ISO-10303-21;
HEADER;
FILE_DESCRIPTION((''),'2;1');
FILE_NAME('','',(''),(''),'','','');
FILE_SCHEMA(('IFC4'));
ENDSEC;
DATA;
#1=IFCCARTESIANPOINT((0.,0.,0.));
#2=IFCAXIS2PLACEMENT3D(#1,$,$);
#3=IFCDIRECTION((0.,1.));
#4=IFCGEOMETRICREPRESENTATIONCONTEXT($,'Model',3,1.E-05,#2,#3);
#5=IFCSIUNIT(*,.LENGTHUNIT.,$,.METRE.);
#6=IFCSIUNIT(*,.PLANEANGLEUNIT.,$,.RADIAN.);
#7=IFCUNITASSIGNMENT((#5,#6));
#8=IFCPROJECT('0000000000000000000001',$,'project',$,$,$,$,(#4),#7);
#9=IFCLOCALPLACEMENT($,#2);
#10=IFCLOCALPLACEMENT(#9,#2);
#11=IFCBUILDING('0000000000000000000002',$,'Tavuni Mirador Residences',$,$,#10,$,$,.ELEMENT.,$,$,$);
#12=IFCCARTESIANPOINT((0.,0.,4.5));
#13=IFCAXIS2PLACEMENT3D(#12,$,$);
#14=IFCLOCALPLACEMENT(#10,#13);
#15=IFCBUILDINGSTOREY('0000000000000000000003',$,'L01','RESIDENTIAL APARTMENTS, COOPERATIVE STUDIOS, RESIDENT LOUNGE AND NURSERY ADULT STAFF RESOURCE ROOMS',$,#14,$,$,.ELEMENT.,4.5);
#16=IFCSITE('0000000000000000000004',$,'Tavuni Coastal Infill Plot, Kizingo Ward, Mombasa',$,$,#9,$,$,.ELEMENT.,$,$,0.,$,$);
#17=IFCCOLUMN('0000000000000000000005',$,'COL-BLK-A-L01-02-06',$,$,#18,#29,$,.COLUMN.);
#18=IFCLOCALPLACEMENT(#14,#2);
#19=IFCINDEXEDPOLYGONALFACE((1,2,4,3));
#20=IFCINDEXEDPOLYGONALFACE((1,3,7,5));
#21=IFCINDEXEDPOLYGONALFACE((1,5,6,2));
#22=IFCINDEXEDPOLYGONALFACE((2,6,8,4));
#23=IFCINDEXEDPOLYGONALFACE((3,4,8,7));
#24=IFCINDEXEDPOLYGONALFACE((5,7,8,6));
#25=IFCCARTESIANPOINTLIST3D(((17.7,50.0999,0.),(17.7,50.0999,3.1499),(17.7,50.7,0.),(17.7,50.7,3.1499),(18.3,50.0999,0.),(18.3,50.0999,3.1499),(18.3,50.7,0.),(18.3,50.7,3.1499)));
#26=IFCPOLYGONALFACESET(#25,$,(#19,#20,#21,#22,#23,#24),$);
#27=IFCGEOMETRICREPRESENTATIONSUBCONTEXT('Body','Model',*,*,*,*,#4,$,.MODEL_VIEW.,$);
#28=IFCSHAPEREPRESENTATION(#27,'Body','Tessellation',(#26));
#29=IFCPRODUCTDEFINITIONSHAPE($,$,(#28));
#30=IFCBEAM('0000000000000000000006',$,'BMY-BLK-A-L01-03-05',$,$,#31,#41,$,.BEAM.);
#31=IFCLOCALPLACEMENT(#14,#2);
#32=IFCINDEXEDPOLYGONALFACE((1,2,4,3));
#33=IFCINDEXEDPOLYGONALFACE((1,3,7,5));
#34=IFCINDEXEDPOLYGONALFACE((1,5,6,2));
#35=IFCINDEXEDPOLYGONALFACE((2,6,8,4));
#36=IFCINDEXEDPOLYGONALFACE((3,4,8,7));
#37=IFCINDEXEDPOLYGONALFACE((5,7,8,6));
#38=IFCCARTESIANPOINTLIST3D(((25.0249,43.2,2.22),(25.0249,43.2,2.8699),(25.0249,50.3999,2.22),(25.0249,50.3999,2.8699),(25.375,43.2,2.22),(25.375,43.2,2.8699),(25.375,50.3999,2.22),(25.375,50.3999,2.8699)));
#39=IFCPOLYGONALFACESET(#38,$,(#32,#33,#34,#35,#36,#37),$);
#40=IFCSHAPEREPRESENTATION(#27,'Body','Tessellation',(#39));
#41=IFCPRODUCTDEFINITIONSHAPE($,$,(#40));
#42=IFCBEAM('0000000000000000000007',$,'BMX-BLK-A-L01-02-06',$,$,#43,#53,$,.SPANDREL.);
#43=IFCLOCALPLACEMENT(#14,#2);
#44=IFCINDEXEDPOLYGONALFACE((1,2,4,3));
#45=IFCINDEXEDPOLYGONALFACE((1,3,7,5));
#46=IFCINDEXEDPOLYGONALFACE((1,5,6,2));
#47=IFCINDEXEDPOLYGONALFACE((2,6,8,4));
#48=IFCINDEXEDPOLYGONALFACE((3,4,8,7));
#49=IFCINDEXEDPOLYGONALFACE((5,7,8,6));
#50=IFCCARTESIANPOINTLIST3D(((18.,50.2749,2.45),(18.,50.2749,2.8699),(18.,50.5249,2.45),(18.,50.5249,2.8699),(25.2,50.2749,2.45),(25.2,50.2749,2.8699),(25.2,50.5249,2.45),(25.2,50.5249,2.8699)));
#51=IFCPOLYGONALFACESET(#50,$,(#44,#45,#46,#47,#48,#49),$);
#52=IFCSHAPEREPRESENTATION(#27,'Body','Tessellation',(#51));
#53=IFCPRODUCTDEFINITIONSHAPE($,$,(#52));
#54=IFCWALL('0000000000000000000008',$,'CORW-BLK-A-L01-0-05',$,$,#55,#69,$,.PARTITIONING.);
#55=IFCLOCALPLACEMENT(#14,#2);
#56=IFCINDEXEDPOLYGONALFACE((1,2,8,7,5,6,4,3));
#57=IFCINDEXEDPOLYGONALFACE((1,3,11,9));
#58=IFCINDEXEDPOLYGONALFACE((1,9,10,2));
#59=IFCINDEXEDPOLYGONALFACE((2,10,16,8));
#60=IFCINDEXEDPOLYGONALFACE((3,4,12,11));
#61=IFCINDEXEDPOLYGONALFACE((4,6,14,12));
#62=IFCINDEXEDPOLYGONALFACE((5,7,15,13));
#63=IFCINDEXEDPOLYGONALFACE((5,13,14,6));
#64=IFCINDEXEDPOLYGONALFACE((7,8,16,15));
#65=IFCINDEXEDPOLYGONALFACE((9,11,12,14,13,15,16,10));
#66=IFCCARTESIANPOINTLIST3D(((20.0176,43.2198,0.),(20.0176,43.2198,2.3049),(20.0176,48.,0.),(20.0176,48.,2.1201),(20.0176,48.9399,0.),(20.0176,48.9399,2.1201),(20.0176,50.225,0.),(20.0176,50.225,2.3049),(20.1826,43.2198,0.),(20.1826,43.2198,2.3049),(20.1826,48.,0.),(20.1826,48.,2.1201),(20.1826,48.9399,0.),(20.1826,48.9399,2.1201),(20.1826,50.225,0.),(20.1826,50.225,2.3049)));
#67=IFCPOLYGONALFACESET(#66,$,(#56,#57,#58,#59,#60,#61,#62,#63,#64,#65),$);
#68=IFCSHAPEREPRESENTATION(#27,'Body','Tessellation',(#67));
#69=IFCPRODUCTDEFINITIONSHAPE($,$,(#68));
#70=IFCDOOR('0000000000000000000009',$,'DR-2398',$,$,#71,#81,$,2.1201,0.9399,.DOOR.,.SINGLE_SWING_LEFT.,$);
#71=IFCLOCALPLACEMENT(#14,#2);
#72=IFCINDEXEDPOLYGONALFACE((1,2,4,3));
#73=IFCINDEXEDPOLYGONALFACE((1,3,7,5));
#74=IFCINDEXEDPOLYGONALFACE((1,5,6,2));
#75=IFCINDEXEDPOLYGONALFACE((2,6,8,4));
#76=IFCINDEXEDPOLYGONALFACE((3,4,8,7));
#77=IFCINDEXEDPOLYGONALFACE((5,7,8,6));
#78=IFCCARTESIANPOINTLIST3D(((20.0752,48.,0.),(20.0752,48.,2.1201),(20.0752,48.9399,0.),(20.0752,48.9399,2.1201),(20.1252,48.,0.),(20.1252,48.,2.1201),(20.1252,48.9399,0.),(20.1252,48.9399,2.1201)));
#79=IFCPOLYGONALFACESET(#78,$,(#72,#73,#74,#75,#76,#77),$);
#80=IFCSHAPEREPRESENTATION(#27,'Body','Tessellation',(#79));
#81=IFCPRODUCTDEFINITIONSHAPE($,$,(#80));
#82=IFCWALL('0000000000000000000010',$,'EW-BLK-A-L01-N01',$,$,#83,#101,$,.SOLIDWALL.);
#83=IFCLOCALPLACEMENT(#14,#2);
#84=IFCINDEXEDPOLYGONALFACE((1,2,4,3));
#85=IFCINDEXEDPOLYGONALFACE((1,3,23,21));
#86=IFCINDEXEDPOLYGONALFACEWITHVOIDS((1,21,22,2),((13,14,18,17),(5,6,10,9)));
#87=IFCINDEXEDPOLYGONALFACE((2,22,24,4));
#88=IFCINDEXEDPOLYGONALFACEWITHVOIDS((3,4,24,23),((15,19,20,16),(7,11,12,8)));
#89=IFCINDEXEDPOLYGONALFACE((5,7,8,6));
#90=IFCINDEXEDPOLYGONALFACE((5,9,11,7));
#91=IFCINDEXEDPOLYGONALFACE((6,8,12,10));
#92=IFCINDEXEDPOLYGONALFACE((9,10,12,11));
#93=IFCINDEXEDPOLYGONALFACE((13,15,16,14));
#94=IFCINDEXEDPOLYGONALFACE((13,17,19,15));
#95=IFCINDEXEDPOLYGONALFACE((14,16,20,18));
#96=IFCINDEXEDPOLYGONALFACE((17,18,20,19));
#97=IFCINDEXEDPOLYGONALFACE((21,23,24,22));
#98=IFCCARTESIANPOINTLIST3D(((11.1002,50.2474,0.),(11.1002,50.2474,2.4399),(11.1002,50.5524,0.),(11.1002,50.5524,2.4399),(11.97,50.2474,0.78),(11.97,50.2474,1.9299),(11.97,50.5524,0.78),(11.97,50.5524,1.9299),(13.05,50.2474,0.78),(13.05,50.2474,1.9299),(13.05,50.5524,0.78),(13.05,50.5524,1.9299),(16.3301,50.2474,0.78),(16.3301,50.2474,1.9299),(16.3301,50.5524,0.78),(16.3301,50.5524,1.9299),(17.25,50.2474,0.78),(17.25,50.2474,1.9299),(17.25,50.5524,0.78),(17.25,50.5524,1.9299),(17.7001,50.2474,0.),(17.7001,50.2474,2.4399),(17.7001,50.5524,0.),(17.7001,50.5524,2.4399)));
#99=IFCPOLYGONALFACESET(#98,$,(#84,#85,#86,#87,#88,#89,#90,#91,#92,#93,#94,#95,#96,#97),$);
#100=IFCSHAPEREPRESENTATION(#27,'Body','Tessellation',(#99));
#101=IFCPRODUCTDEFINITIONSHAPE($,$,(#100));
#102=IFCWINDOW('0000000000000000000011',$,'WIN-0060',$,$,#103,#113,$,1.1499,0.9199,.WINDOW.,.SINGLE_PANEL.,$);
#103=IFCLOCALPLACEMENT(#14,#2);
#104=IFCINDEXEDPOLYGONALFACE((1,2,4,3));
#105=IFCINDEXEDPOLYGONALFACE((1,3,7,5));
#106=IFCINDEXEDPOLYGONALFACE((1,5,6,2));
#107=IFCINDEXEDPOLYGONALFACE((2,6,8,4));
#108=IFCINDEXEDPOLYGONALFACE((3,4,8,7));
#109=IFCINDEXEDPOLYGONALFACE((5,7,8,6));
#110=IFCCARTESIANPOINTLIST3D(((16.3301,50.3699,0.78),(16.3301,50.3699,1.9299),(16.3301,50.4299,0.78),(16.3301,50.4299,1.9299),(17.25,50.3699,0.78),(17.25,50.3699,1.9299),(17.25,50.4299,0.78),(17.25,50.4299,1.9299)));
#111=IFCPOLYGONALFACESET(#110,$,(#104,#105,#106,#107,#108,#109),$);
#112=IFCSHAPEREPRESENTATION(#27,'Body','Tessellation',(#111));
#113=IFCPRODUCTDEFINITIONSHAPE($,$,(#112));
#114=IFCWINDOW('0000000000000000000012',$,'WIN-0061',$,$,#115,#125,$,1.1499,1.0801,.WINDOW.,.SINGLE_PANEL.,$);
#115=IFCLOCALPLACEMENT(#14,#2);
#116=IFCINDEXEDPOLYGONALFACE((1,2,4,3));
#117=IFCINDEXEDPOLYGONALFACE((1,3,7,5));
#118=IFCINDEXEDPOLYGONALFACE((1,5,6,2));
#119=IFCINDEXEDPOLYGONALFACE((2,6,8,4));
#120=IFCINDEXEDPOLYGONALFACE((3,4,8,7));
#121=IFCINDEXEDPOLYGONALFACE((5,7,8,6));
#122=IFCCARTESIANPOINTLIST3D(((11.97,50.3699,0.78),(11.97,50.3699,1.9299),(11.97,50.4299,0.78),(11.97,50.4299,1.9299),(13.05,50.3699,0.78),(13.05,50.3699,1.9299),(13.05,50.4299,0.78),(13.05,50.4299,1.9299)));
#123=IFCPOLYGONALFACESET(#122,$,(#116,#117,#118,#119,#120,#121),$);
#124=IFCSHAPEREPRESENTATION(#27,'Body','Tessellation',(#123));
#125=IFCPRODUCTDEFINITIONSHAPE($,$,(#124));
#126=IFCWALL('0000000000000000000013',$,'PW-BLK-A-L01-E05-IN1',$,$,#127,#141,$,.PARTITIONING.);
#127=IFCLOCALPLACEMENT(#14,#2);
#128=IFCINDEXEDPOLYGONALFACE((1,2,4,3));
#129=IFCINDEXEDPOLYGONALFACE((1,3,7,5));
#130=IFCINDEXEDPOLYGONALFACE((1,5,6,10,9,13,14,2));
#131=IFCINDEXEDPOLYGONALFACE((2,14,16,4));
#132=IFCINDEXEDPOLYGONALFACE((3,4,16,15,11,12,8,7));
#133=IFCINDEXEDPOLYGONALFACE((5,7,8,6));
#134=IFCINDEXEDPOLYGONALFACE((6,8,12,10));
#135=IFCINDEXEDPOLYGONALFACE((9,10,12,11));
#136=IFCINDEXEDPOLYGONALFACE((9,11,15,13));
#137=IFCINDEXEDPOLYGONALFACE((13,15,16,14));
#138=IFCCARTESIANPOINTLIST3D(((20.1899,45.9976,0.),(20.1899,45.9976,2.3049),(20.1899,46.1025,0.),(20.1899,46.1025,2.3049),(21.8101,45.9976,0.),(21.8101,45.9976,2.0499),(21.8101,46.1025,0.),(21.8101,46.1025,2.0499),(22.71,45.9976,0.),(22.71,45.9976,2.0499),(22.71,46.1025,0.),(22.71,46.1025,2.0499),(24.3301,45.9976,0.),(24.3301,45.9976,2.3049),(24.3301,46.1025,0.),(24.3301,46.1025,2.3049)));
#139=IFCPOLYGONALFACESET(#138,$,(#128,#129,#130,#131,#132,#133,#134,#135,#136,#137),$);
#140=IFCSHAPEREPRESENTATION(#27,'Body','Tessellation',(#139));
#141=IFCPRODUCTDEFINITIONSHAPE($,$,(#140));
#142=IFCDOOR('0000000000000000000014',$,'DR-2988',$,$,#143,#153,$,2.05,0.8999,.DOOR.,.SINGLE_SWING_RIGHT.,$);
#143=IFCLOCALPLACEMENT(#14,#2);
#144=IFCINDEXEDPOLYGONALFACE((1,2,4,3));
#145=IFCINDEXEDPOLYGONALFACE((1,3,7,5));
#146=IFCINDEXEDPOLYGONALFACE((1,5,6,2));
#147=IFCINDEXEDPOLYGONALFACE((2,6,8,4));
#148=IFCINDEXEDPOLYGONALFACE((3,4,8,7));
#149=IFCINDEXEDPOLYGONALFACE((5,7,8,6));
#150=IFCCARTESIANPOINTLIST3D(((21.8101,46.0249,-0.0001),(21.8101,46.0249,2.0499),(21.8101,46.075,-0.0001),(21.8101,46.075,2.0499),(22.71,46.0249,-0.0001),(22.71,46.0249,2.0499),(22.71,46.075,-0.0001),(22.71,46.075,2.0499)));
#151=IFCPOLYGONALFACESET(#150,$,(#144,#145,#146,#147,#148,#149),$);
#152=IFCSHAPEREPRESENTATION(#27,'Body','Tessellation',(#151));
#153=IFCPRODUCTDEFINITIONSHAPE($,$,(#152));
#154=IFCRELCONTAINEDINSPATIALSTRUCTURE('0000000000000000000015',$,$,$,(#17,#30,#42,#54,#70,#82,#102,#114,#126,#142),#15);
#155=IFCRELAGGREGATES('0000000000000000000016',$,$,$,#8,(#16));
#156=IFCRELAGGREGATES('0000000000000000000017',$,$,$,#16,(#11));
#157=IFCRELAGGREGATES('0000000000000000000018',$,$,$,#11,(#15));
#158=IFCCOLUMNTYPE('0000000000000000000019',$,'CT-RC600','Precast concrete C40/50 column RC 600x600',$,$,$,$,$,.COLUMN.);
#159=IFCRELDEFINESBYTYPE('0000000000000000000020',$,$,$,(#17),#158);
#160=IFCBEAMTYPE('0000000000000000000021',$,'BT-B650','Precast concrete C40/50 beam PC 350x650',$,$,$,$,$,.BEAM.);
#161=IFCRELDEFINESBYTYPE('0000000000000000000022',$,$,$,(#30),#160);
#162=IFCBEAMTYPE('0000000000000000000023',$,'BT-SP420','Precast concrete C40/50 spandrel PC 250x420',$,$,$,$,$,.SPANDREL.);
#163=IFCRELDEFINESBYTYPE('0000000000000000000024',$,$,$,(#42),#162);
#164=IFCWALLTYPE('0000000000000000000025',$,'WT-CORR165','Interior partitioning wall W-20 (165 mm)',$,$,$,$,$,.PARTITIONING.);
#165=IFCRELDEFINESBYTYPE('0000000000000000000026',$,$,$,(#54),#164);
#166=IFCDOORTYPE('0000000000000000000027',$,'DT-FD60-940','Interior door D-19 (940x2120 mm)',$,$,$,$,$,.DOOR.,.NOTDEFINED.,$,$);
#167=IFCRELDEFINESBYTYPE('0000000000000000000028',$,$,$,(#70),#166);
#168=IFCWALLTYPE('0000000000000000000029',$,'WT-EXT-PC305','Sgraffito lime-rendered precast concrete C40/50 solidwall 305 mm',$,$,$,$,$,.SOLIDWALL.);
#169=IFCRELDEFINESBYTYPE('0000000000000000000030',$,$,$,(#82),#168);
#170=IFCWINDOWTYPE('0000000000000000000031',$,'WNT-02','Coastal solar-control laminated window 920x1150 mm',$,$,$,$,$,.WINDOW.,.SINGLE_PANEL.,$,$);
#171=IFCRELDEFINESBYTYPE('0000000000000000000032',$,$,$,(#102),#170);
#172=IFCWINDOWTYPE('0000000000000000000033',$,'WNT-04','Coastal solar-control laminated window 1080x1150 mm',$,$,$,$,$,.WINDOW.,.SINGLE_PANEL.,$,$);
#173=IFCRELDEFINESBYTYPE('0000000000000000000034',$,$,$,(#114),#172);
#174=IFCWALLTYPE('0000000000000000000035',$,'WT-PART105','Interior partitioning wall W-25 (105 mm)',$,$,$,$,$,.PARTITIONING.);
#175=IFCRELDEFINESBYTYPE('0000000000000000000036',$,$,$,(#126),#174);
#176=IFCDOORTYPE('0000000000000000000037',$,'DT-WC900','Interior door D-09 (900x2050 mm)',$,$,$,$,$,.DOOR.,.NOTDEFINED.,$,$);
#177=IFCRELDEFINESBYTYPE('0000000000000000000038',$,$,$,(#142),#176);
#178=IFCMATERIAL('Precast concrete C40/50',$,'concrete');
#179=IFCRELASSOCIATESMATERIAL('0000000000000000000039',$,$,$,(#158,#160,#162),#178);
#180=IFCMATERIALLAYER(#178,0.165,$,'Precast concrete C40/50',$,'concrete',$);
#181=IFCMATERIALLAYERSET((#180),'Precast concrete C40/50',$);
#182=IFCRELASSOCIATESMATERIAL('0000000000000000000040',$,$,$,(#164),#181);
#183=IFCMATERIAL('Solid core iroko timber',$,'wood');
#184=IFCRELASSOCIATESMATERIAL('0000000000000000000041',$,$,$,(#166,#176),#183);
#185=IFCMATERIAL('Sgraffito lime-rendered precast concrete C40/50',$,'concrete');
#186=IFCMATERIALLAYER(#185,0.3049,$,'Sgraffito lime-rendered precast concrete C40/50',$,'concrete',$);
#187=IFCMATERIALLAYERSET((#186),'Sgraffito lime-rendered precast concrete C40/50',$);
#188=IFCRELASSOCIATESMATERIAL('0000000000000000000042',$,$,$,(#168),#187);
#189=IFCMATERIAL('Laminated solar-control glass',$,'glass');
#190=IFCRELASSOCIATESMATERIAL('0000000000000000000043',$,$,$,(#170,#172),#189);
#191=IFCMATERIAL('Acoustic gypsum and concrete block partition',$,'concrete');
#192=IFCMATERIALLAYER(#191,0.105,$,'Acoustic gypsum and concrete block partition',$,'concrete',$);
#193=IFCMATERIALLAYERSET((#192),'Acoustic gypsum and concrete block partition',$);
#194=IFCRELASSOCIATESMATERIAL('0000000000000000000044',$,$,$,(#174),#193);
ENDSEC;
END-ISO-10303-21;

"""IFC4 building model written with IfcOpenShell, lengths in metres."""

from ifc_helpers import new_model, si_unit, direction, frame, frame_2d, origin, origin_2d, place, context, subcontext, project, spatial, rectangle, extrude, material, layer, layer_set, material_profile, profile_set, type_object, element, fill, save


model = new_model("IFC4")

# Units and contexts
model_context = context("Model", 3, precision=1e-05, world=origin(), true_north=direction((0.0, 1.0)))
body_context = subcontext(model_context, "Body", "Model", "MODEL_VIEW")
ifc_project = project(units=[si_unit("LENGTHUNIT", "METRE"), si_unit("PLANEANGLEUNIT", "RADIAN")], contexts=[model_context])

# Site, building, storey
site_placement = place(None, origin())
site = spatial("IfcSite", under=ifc_project, at=site_placement, Name="Tavuni Coastal Infill Plot, Kizingo Ward, Mombasa", CompositionType="ELEMENT", RefElevation=0.0)
building_placement = place(site_placement, origin())
building = spatial("IfcBuilding", under=site, at=building_placement, Name="Tavuni Mirador Residences", CompositionType="ELEMENT")
storey_placement = place(building_placement, frame((0.0, 0.0, 4.5)))
storey = spatial("IfcBuildingStorey", under=building, at=storey_placement, Name="L01", Description="RESIDENTIAL APARTMENTS, COOPERATIVE STUDIOS, RESIDENT LOUNGE AND NURSERY ADULT STAFF RESOURCE ROOMS", CompositionType="ELEMENT", Elevation=4.5)

# Column
ifc_material_1 = material(Name="Precast concrete C40/50", Category="concrete")
ifc_material_profile_1 = material_profile(ifc_material_1, rectangle(XDim=0.6001, YDim=0.6001, at=origin_2d()), Name="RC 600x600", Category="concrete")
ifc_profile_set_1 = profile_set([ifc_material_profile_1], Name="Precast concrete C40/50")
column_type = type_object("IfcColumnType", Name="CT-RC600", Description="Precast concrete C40/50 column RC 600x600", PredefinedType="COLUMN", material=ifc_profile_set_1)
column_placement = place(storey_placement, frame((18.0, 50.3999, 0.0), z_axis=(0.0, 0.0, 1.0), x_axis=(1.0, 0.0, 0.0)))
element("IfcColumn", 1, at=column_placement, inside=storey, type_object=column_type, Name="COL-BLK-A-L01-02-06", PredefinedType="COLUMN", context=body_context, shape_type="SweptSolid", body=[
    extrude(rectangle(XDim=0.6001, YDim=0.6001, at=origin_2d()), origin(), (0.0, 0.0, 1.0), 3.1499),
])

# Beams
ifc_material_profile_2 = material_profile(ifc_material_1, rectangle(XDim=0.3501, YDim=0.6499, at=origin_2d()), Name="PC 350x650", Category="concrete")
ifc_profile_set_2 = profile_set([ifc_material_profile_2], Name="Precast concrete C40/50")
beam_type_1 = type_object("IfcBeamType", Name="BT-B650", Description="Precast concrete C40/50 beam PC 350x650", PredefinedType="BEAM", material=ifc_profile_set_2)
beam_1_placement = place(storey_placement, frame((25.2, 43.2, 2.5449), z_axis=(0.0, 1.0, 0.0), x_axis=(-1.0, 0.0, 0.0)))
element("IfcBeam", 2, at=beam_1_placement, inside=storey, type_object=beam_type_1, Name="BMY-BLK-A-L01-03-05", PredefinedType="BEAM", context=body_context, shape_type="SweptSolid", body=[
    extrude(rectangle(XDim=0.3501, YDim=0.6499, at=origin_2d()), origin(), (0.0, 0.0, 1.0), 7.2),
])
ifc_material_profile_3 = material_profile(ifc_material_1, rectangle(XDim=0.25, YDim=0.4199, at=origin_2d()), Name="PC 250x420", Category="concrete")
ifc_profile_set_3 = profile_set([ifc_material_profile_3], Name="Precast concrete C40/50")
beam_type_2 = type_object("IfcBeamType", Name="BT-SP420", Description="Precast concrete C40/50 spandrel PC 250x420", PredefinedType="SPANDREL", material=ifc_profile_set_3)
beam_2_placement = place(storey_placement, frame((18.0, 50.3999, 2.6599), z_axis=(1.0, 0.0, 0.0), x_axis=(0.0, 1.0, 0.0)))
element("IfcBeam", 3, at=beam_2_placement, inside=storey, type_object=beam_type_2, Name="BMX-BLK-A-L01-02-06", PredefinedType="SPANDREL", context=body_context, shape_type="SweptSolid", body=[
    extrude(rectangle(XDim=0.25, YDim=0.4199, at=origin_2d()), origin(), (0.0, 0.0, 1.0), 7.2),
])

# Wall, opening, door
ifc_layer_1 = layer(ifc_material_1, 0.165, Name="Precast concrete C40/50", Category="concrete")
ifc_layer_set_1 = layer_set([ifc_layer_1], Name="Precast concrete C40/50")
wall_type_1 = type_object("IfcWallType", Name="WT-CORR165", Description="Interior partitioning wall W-20 (165 mm)", PredefinedType="PARTITIONING", material=ifc_layer_set_1)
wall_1_placement = place(storey_placement, frame((20.1001, 43.22, 0.0), z_axis=(0.0, 0.0, 1.0), x_axis=(0.0, 1.0, 0.0)))
wall_1 = element("IfcWall", 4, at=wall_1_placement, inside=storey, type_object=wall_type_1, Name="CORW-BLK-A-L01-0-05", PredefinedType="PARTITIONING", context=body_context, shape_type="SweptSolid", body=[
    extrude(rectangle(XDim=7.0051, YDim=0.165, at=frame_2d((3.5024, 0.0))), origin(), (0.0, 0.0, 1.0), 2.3049),
])
opening_1_placement = place(wall_1_placement, frame((4.78, 0.0, 0.0)))
opening_1 = element("IfcOpeningElement", 5, at=opening_1_placement, cuts=wall_1, PredefinedType="OPENING", context=body_context, shape_type="SweptSolid", body=[
    extrude(rectangle(XDim=0.9399, YDim=2.1201, at=frame_2d((0.47, 1.0601))), frame((0.0, 0.0925, 0.0), z_axis=(0.0, -1.0, 0.0), x_axis=(1.0, 0.0, 0.0)), (0.0, 0.0, 1.0), 0.1851),
])
ifc_material_2 = material(Name="Solid core iroko timber", Category="wood")
door_type_1 = type_object("IfcDoorType", Name="DT-FD60-940", Description="Interior door D-19 (940x2120 mm)", OperationType="NOTDEFINED", PredefinedType="DOOR", material=ifc_material_2)
door_1_placement = place(opening_1_placement, origin())
door_1 = element("IfcDoor", 6, at=door_1_placement, inside=storey, type_object=door_type_1, Name="DR-2398", OperationType="SINGLE_SWING_LEFT", OverallHeight=2.1201, OverallWidth=0.9399, PredefinedType="DOOR", context=body_context, shape_type="SweptSolid", body=[
    extrude(rectangle(XDim=0.9399, YDim=2.1201, at=frame_2d((0.47, 1.0601))), frame((0.0, 0.0249, 0.0), z_axis=(0.0, -1.0, 0.0), x_axis=(1.0, 0.0, 0.0)), (0.0, 0.0, 1.0), 0.05),
])
fill(opening_1, door_1)

# Wall, openings, windows
ifc_material_3 = material(Name="Sgraffito lime-rendered precast concrete C40/50", Category="concrete")
ifc_layer_2 = layer(ifc_material_3, 0.3049, Name="Sgraffito lime-rendered precast concrete C40/50", Category="concrete")
ifc_layer_set_2 = layer_set([ifc_layer_2], Name="Sgraffito lime-rendered precast concrete C40/50")
wall_type_2 = type_object("IfcWallType", Name="WT-EXT-PC305", Description="Sgraffito lime-rendered precast concrete C40/50 solidwall 305 mm", PredefinedType="SOLIDWALL", material=ifc_layer_set_2)
wall_2_placement = place(storey_placement, frame((17.7, 50.3999, 0.0), z_axis=(0.0, 0.0, 1.0), x_axis=(-1.0, 0.0, 0.0)))
wall_2 = element("IfcWall", 7, at=wall_2_placement, inside=storey, type_object=wall_type_2, Name="EW-BLK-A-L01-N01", PredefinedType="SOLIDWALL", context=body_context, shape_type="SweptSolid", body=[
    extrude(rectangle(XDim=6.5999, YDim=0.3049, at=frame_2d((3.2998, 0.0))), origin(), (0.0, 0.0, 1.0), 2.4399),
])
opening_2_placement = place(wall_2_placement, frame((0.45, 0.0, 0.78)))
opening_2 = element("IfcOpeningElement", 8, at=opening_2_placement, cuts=wall_2, PredefinedType="OPENING", context=body_context, shape_type="SweptSolid", body=[
    extrude(rectangle(XDim=0.9199, YDim=1.1499, at=frame_2d((0.46, 0.575))), frame((0.0, 0.1626, 0.0), z_axis=(0.0, -1.0, 0.0), x_axis=(1.0, 0.0, 0.0)), (0.0, 0.0, 1.0), 0.325),
])
opening_3_placement = place(wall_2_placement, frame((4.6499, 0.0, 0.78)))
opening_3 = element("IfcOpeningElement", 9, at=opening_3_placement, cuts=wall_2, PredefinedType="OPENING", context=body_context, shape_type="SweptSolid", body=[
    extrude(rectangle(XDim=1.0801, YDim=1.1499, at=frame_2d((0.54, 0.575))), frame((0.0, 0.1626, 0.0), z_axis=(0.0, -1.0, 0.0), x_axis=(1.0, 0.0, 0.0)), (0.0, 0.0, 1.0), 0.325),
])
ifc_material_4 = material(Name="Laminated solar-control glass", Category="glass")
window_type_1 = type_object("IfcWindowType", Name="WNT-02", Description="Coastal solar-control laminated window 920x1150 mm", PartitioningType="SINGLE_PANEL", PredefinedType="WINDOW", material=ifc_material_4)
window_1_placement = place(opening_2_placement, origin())
window_1 = element("IfcWindow", 10, at=window_1_placement, inside=storey, type_object=window_type_1, Name="WIN-0060", OverallHeight=1.1499, OverallWidth=0.9199, PartitioningType="SINGLE_PANEL", PredefinedType="WINDOW", context=body_context, shape_type="SweptSolid", body=[
    extrude(rectangle(XDim=0.9199, YDim=1.1499, at=frame_2d((0.46, 0.575))), frame((0.0, 0.03, 0.0), z_axis=(0.0, -1.0, 0.0), x_axis=(1.0, 0.0, 0.0)), (0.0, 0.0, 1.0), 0.0601),
])
fill(opening_2, window_1)
window_type_2 = type_object("IfcWindowType", Name="WNT-04", Description="Coastal solar-control laminated window 1080x1150 mm", PartitioningType="SINGLE_PANEL", PredefinedType="WINDOW", material=ifc_material_4)
window_2_placement = place(opening_3_placement, origin())
window_2 = element("IfcWindow", 11, at=window_2_placement, inside=storey, type_object=window_type_2, Name="WIN-0061", OverallHeight=1.1499, OverallWidth=1.0801, PartitioningType="SINGLE_PANEL", PredefinedType="WINDOW", context=body_context, shape_type="SweptSolid", body=[
    extrude(rectangle(XDim=1.0801, YDim=1.1499, at=frame_2d((0.54, 0.575))), frame((0.0, 0.03, 0.0), z_axis=(0.0, -1.0, 0.0), x_axis=(1.0, 0.0, 0.0)), (0.0, 0.0, 1.0), 0.0601),
])
fill(opening_3, window_2)

# Wall, opening, door
ifc_material_5 = material(Name="Acoustic gypsum and concrete block partition", Category="concrete")
ifc_layer_3 = layer(ifc_material_5, 0.105, Name="Acoustic gypsum and concrete block partition", Category="concrete")
ifc_layer_set_3 = layer_set([ifc_layer_3], Name="Acoustic gypsum and concrete block partition")
wall_type_3 = type_object("IfcWallType", Name="WT-PART105", Description="Interior partitioning wall W-25 (105 mm)", PredefinedType="PARTITIONING", material=ifc_layer_set_3)
wall_3_placement = place(storey_placement, frame((20.1899, 46.05, 0.0), z_axis=(0.0, 0.0, 1.0), x_axis=(1.0, 0.0, 0.0)))
wall_3 = element("IfcWall", 12, at=wall_3_placement, inside=storey, type_object=wall_type_3, Name="PW-BLK-A-L01-E05-IN1", PredefinedType="PARTITIONING", context=body_context, shape_type="SweptSolid", body=[
    extrude(rectangle(XDim=4.1401, YDim=0.105, at=frame_2d((2.0701, 0.0))), origin(), (0.0, 0.0, 1.0), 2.3049),
])
opening_4_placement = place(wall_3_placement, frame((1.6201, 0.0, 0.0)))
opening_4 = element("IfcOpeningElement", 13, at=opening_4_placement, cuts=wall_3, PredefinedType="OPENING", context=body_context, shape_type="SweptSolid", body=[
    extrude(rectangle(XDim=0.8999, YDim=2.05, at=frame_2d((0.45, 1.0249))), frame((0.0, 0.0625, 0.0), z_axis=(0.0, -1.0, 0.0), x_axis=(1.0, 0.0, 0.0)), (0.0, 0.0, 1.0), 0.125),
])
door_type_2 = type_object("IfcDoorType", Name="DT-WC900", Description="Interior door D-09 (900x2050 mm)", OperationType="NOTDEFINED", PredefinedType="DOOR", material=ifc_material_2)
door_2_placement = place(opening_4_placement, origin())
door_2 = element("IfcDoor", 14, at=door_2_placement, inside=storey, type_object=door_type_2, Name="DR-2988", OperationType="SINGLE_SWING_RIGHT", OverallHeight=2.05, OverallWidth=0.8999, PredefinedType="DOOR", context=body_context, shape_type="SweptSolid", body=[
    extrude(rectangle(XDim=0.8999, YDim=2.05, at=frame_2d((0.45, 1.0249))), frame((0.0, 0.0249, 0.0), z_axis=(0.0, -1.0, 0.0), x_axis=(1.0, 0.0, 0.0)), (0.0, 0.0, 1.0), 0.05),
])
fill(opening_4, door_2)

save(model, "model.ifc")
